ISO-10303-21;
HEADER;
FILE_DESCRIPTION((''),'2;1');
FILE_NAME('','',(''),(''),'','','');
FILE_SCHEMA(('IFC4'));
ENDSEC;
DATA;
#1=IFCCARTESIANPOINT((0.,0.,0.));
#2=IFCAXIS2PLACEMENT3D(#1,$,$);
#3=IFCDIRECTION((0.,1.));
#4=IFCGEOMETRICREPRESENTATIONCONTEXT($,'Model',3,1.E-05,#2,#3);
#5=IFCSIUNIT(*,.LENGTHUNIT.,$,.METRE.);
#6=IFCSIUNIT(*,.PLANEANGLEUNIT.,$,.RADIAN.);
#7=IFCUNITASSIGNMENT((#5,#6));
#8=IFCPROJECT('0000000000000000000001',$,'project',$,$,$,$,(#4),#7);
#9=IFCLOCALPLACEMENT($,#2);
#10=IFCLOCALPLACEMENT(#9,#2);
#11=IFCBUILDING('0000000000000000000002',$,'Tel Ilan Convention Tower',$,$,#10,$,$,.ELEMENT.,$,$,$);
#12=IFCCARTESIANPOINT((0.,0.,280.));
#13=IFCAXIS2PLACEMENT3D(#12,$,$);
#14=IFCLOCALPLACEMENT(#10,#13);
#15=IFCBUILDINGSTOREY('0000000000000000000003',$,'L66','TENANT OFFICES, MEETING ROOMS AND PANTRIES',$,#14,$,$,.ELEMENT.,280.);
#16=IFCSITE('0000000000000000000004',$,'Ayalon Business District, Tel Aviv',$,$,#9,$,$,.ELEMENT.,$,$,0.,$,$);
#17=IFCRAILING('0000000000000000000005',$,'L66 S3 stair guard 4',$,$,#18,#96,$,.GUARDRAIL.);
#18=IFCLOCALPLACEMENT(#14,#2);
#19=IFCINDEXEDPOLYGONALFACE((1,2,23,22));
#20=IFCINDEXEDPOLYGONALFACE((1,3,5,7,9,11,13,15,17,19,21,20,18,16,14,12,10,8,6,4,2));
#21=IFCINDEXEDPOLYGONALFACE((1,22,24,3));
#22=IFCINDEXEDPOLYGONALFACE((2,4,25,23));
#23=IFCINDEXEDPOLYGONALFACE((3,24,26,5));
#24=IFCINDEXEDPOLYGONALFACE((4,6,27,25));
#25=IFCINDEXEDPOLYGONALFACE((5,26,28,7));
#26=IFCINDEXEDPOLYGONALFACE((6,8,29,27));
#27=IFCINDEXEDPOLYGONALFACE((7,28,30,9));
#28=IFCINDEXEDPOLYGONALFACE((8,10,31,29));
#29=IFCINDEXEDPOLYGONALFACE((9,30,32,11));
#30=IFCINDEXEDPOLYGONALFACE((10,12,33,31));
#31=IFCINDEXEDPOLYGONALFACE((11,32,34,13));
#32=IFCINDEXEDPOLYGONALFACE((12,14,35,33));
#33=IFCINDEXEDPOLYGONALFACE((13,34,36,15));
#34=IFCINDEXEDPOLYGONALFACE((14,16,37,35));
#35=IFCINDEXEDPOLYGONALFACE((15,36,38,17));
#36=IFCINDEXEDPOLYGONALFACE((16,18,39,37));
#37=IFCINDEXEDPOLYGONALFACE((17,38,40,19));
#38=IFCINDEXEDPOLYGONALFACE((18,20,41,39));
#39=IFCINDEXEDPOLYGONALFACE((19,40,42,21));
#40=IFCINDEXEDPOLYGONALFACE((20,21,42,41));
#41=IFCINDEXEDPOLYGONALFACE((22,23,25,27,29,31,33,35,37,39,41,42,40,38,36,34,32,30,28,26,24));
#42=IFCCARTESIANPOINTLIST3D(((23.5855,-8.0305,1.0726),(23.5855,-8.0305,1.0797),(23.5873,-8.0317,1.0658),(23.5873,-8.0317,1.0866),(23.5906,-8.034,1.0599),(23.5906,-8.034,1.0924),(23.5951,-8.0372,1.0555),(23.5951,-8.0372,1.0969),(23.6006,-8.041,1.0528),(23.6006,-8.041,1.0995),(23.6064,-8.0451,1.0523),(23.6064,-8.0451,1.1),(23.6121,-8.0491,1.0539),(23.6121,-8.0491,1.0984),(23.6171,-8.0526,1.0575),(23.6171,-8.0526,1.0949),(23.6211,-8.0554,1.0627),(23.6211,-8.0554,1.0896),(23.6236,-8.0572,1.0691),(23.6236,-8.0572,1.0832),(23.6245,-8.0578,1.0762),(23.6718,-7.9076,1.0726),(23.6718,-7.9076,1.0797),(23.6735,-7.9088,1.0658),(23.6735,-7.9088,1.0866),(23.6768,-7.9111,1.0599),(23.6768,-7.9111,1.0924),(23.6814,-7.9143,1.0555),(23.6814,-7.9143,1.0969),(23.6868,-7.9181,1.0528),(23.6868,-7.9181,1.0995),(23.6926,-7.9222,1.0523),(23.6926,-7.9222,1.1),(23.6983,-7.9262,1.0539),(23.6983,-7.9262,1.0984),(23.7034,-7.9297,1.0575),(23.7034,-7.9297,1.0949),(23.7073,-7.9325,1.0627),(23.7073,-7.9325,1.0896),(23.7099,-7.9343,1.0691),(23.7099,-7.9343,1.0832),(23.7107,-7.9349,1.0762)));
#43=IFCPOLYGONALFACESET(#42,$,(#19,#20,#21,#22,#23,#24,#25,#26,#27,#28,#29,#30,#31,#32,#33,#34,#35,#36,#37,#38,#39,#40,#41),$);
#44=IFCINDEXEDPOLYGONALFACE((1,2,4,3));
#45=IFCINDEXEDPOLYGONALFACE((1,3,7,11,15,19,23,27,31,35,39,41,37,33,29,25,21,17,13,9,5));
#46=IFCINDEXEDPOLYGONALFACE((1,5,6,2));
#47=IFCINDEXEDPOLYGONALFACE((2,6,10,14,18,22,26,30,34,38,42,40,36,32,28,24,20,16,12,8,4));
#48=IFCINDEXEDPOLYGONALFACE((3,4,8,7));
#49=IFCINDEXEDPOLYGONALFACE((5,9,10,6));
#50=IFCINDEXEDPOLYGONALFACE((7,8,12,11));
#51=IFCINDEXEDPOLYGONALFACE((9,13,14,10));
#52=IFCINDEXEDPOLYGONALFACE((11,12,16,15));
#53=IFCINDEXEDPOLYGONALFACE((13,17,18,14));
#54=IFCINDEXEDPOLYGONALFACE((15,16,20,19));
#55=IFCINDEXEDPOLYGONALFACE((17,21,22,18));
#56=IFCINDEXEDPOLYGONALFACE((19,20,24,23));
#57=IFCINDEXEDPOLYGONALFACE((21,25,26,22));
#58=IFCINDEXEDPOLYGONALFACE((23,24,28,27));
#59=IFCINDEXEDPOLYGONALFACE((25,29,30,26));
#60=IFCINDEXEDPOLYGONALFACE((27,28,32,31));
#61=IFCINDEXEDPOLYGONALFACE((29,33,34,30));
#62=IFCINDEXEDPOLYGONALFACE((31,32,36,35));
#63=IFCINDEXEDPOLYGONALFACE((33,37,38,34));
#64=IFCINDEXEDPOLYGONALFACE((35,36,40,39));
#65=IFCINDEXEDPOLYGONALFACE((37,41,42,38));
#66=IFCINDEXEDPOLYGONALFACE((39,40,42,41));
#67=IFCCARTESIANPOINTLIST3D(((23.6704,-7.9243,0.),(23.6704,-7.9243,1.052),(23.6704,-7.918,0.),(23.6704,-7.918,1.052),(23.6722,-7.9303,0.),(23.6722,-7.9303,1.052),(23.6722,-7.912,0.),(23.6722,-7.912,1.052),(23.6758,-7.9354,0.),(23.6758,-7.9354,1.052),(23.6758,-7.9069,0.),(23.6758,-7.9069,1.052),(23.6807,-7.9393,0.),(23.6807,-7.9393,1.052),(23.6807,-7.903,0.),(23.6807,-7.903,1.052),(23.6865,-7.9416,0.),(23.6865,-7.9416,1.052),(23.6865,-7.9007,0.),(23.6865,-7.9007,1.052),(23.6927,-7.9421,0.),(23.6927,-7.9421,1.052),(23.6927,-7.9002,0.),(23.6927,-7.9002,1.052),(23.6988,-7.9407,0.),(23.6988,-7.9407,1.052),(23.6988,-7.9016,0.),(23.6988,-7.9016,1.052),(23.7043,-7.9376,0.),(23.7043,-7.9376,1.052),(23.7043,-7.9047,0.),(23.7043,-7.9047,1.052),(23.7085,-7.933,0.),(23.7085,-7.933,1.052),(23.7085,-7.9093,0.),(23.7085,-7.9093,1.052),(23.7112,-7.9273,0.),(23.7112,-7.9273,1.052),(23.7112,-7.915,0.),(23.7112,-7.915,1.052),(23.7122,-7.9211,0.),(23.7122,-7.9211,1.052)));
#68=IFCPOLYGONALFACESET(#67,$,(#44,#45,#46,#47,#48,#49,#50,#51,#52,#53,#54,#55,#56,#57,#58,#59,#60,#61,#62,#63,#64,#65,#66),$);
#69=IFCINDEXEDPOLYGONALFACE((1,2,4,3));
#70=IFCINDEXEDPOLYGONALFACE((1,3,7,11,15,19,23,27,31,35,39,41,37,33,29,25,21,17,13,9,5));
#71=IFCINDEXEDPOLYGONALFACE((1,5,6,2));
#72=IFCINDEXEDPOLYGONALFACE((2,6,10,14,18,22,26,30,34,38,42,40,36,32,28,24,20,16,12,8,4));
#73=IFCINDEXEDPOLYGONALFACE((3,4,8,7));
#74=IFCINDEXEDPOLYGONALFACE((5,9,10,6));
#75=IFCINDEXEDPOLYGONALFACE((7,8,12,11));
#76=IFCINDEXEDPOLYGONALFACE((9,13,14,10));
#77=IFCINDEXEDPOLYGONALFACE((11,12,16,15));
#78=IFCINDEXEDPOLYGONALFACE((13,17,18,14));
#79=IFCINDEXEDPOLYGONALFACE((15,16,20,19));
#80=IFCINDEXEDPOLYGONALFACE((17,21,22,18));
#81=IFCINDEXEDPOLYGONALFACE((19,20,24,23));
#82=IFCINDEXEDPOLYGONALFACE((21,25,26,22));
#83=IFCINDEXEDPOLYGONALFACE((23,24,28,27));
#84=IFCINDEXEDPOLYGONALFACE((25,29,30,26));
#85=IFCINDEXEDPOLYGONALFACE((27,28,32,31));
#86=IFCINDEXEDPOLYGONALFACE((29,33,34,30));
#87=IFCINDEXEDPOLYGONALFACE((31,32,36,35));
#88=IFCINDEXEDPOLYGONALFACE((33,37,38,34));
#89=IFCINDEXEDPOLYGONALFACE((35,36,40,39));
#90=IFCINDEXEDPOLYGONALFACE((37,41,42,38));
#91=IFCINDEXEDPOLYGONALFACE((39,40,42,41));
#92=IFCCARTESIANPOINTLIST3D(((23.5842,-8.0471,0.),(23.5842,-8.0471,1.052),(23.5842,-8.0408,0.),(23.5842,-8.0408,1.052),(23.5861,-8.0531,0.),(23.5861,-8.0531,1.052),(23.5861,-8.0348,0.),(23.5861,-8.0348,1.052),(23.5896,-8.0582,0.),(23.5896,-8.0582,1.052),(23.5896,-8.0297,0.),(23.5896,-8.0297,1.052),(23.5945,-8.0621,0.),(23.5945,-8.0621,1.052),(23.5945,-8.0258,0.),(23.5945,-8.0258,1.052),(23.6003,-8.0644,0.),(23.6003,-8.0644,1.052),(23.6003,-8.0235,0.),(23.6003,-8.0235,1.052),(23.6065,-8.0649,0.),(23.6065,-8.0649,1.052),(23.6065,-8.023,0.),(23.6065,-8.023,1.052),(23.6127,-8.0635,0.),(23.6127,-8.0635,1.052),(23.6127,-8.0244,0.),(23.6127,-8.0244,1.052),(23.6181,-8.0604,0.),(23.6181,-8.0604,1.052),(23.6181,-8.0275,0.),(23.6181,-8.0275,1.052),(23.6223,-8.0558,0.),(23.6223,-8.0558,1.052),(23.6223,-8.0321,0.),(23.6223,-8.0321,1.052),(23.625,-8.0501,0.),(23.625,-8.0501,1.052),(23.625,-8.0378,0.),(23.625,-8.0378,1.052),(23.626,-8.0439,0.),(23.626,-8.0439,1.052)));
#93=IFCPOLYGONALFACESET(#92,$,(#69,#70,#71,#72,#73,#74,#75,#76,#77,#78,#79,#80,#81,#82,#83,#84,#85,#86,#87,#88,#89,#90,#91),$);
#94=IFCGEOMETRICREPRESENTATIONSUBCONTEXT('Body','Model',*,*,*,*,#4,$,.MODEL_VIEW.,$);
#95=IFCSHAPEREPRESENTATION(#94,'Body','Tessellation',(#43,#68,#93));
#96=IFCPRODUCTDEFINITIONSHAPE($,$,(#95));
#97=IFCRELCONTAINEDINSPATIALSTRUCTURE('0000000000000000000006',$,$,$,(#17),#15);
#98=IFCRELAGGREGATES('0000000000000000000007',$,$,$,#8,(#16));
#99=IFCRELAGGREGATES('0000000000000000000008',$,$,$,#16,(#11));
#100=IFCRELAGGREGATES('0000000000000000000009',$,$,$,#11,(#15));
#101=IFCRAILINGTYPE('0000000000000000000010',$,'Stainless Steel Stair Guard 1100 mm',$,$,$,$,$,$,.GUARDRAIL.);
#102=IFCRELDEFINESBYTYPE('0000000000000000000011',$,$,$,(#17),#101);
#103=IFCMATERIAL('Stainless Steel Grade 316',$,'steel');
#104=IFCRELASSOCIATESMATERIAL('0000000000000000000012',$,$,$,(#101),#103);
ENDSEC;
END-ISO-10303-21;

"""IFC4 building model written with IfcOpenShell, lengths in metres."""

from ifc_helpers import new_model, si_unit, direction, frame, origin, origin_2d, place, context, subcontext, project, spatial, circle, extrude, material, type_object, element, save


model = new_model("IFC4")

# Units and contexts
model_context = context("Model", 3, precision=1e-05, world=origin(), true_north=direction((0.0, 1.0)))
body_context = subcontext(model_context, "Body", "Model", "MODEL_VIEW")
ifc_project = project(units=[si_unit("LENGTHUNIT", "METRE"), si_unit("PLANEANGLEUNIT", "RADIAN")], contexts=[model_context])

# Site, building, storey
site_placement = place(None, origin())
site = spatial("IfcSite", under=ifc_project, at=site_placement, Name="Ayalon Business District, Tel Aviv", CompositionType="ELEMENT", RefElevation=0.0)
building_placement = place(site_placement, origin())
building = spatial("IfcBuilding", under=site, at=building_placement, Name="Tel Ilan Convention Tower", CompositionType="ELEMENT")
storey_placement = place(building_placement, frame((0.0, 0.0, 280.0)))
storey = spatial("IfcBuildingStorey", under=building, at=storey_placement, Name="L66", Description="TENANT OFFICES, MEETING ROOMS AND PANTRIES", CompositionType="ELEMENT", Elevation=280.0)

# Railing
ifc_material_1 = material(Name="Stainless Steel Grade 316", Category="steel")
railing_type_1 = type_object("IfcRailingType", Name="Stainless Steel Stair Guard 1100 mm", PredefinedType="GUARDRAIL", material=ifc_material_1)
railing_1_placement = place(storey_placement, frame((23.6912, -7.9211, 0.0)))
element("IfcRailing", 1, at=railing_1_placement, inside=storey, type_object=railing_type_1, Name="L66 S3 stair guard 4", PredefinedType="GUARDRAIL", context=body_context, shape_type="SweptSolid", body=[
    extrude(circle(Radius=0.0239, at=origin_2d()), frame((0.0, 0.0, 1.0762), z_axis=(-0.574445, -0.818543, 0.0), x_axis=(0.818543, -0.574445, 0.0)), (0.0, 0.0, 1.0), 0.1501),
    extrude(circle(Radius=0.021, at=origin_2d()), origin(), (0.0, 0.0, 1.0), 1.052),
    extrude(circle(Radius=0.021, at=origin_2d()), frame((-0.0862, -0.1228, 0.0)), (0.0, 0.0, 1.0), 1.052),
])

save(model, "model.ifc")
